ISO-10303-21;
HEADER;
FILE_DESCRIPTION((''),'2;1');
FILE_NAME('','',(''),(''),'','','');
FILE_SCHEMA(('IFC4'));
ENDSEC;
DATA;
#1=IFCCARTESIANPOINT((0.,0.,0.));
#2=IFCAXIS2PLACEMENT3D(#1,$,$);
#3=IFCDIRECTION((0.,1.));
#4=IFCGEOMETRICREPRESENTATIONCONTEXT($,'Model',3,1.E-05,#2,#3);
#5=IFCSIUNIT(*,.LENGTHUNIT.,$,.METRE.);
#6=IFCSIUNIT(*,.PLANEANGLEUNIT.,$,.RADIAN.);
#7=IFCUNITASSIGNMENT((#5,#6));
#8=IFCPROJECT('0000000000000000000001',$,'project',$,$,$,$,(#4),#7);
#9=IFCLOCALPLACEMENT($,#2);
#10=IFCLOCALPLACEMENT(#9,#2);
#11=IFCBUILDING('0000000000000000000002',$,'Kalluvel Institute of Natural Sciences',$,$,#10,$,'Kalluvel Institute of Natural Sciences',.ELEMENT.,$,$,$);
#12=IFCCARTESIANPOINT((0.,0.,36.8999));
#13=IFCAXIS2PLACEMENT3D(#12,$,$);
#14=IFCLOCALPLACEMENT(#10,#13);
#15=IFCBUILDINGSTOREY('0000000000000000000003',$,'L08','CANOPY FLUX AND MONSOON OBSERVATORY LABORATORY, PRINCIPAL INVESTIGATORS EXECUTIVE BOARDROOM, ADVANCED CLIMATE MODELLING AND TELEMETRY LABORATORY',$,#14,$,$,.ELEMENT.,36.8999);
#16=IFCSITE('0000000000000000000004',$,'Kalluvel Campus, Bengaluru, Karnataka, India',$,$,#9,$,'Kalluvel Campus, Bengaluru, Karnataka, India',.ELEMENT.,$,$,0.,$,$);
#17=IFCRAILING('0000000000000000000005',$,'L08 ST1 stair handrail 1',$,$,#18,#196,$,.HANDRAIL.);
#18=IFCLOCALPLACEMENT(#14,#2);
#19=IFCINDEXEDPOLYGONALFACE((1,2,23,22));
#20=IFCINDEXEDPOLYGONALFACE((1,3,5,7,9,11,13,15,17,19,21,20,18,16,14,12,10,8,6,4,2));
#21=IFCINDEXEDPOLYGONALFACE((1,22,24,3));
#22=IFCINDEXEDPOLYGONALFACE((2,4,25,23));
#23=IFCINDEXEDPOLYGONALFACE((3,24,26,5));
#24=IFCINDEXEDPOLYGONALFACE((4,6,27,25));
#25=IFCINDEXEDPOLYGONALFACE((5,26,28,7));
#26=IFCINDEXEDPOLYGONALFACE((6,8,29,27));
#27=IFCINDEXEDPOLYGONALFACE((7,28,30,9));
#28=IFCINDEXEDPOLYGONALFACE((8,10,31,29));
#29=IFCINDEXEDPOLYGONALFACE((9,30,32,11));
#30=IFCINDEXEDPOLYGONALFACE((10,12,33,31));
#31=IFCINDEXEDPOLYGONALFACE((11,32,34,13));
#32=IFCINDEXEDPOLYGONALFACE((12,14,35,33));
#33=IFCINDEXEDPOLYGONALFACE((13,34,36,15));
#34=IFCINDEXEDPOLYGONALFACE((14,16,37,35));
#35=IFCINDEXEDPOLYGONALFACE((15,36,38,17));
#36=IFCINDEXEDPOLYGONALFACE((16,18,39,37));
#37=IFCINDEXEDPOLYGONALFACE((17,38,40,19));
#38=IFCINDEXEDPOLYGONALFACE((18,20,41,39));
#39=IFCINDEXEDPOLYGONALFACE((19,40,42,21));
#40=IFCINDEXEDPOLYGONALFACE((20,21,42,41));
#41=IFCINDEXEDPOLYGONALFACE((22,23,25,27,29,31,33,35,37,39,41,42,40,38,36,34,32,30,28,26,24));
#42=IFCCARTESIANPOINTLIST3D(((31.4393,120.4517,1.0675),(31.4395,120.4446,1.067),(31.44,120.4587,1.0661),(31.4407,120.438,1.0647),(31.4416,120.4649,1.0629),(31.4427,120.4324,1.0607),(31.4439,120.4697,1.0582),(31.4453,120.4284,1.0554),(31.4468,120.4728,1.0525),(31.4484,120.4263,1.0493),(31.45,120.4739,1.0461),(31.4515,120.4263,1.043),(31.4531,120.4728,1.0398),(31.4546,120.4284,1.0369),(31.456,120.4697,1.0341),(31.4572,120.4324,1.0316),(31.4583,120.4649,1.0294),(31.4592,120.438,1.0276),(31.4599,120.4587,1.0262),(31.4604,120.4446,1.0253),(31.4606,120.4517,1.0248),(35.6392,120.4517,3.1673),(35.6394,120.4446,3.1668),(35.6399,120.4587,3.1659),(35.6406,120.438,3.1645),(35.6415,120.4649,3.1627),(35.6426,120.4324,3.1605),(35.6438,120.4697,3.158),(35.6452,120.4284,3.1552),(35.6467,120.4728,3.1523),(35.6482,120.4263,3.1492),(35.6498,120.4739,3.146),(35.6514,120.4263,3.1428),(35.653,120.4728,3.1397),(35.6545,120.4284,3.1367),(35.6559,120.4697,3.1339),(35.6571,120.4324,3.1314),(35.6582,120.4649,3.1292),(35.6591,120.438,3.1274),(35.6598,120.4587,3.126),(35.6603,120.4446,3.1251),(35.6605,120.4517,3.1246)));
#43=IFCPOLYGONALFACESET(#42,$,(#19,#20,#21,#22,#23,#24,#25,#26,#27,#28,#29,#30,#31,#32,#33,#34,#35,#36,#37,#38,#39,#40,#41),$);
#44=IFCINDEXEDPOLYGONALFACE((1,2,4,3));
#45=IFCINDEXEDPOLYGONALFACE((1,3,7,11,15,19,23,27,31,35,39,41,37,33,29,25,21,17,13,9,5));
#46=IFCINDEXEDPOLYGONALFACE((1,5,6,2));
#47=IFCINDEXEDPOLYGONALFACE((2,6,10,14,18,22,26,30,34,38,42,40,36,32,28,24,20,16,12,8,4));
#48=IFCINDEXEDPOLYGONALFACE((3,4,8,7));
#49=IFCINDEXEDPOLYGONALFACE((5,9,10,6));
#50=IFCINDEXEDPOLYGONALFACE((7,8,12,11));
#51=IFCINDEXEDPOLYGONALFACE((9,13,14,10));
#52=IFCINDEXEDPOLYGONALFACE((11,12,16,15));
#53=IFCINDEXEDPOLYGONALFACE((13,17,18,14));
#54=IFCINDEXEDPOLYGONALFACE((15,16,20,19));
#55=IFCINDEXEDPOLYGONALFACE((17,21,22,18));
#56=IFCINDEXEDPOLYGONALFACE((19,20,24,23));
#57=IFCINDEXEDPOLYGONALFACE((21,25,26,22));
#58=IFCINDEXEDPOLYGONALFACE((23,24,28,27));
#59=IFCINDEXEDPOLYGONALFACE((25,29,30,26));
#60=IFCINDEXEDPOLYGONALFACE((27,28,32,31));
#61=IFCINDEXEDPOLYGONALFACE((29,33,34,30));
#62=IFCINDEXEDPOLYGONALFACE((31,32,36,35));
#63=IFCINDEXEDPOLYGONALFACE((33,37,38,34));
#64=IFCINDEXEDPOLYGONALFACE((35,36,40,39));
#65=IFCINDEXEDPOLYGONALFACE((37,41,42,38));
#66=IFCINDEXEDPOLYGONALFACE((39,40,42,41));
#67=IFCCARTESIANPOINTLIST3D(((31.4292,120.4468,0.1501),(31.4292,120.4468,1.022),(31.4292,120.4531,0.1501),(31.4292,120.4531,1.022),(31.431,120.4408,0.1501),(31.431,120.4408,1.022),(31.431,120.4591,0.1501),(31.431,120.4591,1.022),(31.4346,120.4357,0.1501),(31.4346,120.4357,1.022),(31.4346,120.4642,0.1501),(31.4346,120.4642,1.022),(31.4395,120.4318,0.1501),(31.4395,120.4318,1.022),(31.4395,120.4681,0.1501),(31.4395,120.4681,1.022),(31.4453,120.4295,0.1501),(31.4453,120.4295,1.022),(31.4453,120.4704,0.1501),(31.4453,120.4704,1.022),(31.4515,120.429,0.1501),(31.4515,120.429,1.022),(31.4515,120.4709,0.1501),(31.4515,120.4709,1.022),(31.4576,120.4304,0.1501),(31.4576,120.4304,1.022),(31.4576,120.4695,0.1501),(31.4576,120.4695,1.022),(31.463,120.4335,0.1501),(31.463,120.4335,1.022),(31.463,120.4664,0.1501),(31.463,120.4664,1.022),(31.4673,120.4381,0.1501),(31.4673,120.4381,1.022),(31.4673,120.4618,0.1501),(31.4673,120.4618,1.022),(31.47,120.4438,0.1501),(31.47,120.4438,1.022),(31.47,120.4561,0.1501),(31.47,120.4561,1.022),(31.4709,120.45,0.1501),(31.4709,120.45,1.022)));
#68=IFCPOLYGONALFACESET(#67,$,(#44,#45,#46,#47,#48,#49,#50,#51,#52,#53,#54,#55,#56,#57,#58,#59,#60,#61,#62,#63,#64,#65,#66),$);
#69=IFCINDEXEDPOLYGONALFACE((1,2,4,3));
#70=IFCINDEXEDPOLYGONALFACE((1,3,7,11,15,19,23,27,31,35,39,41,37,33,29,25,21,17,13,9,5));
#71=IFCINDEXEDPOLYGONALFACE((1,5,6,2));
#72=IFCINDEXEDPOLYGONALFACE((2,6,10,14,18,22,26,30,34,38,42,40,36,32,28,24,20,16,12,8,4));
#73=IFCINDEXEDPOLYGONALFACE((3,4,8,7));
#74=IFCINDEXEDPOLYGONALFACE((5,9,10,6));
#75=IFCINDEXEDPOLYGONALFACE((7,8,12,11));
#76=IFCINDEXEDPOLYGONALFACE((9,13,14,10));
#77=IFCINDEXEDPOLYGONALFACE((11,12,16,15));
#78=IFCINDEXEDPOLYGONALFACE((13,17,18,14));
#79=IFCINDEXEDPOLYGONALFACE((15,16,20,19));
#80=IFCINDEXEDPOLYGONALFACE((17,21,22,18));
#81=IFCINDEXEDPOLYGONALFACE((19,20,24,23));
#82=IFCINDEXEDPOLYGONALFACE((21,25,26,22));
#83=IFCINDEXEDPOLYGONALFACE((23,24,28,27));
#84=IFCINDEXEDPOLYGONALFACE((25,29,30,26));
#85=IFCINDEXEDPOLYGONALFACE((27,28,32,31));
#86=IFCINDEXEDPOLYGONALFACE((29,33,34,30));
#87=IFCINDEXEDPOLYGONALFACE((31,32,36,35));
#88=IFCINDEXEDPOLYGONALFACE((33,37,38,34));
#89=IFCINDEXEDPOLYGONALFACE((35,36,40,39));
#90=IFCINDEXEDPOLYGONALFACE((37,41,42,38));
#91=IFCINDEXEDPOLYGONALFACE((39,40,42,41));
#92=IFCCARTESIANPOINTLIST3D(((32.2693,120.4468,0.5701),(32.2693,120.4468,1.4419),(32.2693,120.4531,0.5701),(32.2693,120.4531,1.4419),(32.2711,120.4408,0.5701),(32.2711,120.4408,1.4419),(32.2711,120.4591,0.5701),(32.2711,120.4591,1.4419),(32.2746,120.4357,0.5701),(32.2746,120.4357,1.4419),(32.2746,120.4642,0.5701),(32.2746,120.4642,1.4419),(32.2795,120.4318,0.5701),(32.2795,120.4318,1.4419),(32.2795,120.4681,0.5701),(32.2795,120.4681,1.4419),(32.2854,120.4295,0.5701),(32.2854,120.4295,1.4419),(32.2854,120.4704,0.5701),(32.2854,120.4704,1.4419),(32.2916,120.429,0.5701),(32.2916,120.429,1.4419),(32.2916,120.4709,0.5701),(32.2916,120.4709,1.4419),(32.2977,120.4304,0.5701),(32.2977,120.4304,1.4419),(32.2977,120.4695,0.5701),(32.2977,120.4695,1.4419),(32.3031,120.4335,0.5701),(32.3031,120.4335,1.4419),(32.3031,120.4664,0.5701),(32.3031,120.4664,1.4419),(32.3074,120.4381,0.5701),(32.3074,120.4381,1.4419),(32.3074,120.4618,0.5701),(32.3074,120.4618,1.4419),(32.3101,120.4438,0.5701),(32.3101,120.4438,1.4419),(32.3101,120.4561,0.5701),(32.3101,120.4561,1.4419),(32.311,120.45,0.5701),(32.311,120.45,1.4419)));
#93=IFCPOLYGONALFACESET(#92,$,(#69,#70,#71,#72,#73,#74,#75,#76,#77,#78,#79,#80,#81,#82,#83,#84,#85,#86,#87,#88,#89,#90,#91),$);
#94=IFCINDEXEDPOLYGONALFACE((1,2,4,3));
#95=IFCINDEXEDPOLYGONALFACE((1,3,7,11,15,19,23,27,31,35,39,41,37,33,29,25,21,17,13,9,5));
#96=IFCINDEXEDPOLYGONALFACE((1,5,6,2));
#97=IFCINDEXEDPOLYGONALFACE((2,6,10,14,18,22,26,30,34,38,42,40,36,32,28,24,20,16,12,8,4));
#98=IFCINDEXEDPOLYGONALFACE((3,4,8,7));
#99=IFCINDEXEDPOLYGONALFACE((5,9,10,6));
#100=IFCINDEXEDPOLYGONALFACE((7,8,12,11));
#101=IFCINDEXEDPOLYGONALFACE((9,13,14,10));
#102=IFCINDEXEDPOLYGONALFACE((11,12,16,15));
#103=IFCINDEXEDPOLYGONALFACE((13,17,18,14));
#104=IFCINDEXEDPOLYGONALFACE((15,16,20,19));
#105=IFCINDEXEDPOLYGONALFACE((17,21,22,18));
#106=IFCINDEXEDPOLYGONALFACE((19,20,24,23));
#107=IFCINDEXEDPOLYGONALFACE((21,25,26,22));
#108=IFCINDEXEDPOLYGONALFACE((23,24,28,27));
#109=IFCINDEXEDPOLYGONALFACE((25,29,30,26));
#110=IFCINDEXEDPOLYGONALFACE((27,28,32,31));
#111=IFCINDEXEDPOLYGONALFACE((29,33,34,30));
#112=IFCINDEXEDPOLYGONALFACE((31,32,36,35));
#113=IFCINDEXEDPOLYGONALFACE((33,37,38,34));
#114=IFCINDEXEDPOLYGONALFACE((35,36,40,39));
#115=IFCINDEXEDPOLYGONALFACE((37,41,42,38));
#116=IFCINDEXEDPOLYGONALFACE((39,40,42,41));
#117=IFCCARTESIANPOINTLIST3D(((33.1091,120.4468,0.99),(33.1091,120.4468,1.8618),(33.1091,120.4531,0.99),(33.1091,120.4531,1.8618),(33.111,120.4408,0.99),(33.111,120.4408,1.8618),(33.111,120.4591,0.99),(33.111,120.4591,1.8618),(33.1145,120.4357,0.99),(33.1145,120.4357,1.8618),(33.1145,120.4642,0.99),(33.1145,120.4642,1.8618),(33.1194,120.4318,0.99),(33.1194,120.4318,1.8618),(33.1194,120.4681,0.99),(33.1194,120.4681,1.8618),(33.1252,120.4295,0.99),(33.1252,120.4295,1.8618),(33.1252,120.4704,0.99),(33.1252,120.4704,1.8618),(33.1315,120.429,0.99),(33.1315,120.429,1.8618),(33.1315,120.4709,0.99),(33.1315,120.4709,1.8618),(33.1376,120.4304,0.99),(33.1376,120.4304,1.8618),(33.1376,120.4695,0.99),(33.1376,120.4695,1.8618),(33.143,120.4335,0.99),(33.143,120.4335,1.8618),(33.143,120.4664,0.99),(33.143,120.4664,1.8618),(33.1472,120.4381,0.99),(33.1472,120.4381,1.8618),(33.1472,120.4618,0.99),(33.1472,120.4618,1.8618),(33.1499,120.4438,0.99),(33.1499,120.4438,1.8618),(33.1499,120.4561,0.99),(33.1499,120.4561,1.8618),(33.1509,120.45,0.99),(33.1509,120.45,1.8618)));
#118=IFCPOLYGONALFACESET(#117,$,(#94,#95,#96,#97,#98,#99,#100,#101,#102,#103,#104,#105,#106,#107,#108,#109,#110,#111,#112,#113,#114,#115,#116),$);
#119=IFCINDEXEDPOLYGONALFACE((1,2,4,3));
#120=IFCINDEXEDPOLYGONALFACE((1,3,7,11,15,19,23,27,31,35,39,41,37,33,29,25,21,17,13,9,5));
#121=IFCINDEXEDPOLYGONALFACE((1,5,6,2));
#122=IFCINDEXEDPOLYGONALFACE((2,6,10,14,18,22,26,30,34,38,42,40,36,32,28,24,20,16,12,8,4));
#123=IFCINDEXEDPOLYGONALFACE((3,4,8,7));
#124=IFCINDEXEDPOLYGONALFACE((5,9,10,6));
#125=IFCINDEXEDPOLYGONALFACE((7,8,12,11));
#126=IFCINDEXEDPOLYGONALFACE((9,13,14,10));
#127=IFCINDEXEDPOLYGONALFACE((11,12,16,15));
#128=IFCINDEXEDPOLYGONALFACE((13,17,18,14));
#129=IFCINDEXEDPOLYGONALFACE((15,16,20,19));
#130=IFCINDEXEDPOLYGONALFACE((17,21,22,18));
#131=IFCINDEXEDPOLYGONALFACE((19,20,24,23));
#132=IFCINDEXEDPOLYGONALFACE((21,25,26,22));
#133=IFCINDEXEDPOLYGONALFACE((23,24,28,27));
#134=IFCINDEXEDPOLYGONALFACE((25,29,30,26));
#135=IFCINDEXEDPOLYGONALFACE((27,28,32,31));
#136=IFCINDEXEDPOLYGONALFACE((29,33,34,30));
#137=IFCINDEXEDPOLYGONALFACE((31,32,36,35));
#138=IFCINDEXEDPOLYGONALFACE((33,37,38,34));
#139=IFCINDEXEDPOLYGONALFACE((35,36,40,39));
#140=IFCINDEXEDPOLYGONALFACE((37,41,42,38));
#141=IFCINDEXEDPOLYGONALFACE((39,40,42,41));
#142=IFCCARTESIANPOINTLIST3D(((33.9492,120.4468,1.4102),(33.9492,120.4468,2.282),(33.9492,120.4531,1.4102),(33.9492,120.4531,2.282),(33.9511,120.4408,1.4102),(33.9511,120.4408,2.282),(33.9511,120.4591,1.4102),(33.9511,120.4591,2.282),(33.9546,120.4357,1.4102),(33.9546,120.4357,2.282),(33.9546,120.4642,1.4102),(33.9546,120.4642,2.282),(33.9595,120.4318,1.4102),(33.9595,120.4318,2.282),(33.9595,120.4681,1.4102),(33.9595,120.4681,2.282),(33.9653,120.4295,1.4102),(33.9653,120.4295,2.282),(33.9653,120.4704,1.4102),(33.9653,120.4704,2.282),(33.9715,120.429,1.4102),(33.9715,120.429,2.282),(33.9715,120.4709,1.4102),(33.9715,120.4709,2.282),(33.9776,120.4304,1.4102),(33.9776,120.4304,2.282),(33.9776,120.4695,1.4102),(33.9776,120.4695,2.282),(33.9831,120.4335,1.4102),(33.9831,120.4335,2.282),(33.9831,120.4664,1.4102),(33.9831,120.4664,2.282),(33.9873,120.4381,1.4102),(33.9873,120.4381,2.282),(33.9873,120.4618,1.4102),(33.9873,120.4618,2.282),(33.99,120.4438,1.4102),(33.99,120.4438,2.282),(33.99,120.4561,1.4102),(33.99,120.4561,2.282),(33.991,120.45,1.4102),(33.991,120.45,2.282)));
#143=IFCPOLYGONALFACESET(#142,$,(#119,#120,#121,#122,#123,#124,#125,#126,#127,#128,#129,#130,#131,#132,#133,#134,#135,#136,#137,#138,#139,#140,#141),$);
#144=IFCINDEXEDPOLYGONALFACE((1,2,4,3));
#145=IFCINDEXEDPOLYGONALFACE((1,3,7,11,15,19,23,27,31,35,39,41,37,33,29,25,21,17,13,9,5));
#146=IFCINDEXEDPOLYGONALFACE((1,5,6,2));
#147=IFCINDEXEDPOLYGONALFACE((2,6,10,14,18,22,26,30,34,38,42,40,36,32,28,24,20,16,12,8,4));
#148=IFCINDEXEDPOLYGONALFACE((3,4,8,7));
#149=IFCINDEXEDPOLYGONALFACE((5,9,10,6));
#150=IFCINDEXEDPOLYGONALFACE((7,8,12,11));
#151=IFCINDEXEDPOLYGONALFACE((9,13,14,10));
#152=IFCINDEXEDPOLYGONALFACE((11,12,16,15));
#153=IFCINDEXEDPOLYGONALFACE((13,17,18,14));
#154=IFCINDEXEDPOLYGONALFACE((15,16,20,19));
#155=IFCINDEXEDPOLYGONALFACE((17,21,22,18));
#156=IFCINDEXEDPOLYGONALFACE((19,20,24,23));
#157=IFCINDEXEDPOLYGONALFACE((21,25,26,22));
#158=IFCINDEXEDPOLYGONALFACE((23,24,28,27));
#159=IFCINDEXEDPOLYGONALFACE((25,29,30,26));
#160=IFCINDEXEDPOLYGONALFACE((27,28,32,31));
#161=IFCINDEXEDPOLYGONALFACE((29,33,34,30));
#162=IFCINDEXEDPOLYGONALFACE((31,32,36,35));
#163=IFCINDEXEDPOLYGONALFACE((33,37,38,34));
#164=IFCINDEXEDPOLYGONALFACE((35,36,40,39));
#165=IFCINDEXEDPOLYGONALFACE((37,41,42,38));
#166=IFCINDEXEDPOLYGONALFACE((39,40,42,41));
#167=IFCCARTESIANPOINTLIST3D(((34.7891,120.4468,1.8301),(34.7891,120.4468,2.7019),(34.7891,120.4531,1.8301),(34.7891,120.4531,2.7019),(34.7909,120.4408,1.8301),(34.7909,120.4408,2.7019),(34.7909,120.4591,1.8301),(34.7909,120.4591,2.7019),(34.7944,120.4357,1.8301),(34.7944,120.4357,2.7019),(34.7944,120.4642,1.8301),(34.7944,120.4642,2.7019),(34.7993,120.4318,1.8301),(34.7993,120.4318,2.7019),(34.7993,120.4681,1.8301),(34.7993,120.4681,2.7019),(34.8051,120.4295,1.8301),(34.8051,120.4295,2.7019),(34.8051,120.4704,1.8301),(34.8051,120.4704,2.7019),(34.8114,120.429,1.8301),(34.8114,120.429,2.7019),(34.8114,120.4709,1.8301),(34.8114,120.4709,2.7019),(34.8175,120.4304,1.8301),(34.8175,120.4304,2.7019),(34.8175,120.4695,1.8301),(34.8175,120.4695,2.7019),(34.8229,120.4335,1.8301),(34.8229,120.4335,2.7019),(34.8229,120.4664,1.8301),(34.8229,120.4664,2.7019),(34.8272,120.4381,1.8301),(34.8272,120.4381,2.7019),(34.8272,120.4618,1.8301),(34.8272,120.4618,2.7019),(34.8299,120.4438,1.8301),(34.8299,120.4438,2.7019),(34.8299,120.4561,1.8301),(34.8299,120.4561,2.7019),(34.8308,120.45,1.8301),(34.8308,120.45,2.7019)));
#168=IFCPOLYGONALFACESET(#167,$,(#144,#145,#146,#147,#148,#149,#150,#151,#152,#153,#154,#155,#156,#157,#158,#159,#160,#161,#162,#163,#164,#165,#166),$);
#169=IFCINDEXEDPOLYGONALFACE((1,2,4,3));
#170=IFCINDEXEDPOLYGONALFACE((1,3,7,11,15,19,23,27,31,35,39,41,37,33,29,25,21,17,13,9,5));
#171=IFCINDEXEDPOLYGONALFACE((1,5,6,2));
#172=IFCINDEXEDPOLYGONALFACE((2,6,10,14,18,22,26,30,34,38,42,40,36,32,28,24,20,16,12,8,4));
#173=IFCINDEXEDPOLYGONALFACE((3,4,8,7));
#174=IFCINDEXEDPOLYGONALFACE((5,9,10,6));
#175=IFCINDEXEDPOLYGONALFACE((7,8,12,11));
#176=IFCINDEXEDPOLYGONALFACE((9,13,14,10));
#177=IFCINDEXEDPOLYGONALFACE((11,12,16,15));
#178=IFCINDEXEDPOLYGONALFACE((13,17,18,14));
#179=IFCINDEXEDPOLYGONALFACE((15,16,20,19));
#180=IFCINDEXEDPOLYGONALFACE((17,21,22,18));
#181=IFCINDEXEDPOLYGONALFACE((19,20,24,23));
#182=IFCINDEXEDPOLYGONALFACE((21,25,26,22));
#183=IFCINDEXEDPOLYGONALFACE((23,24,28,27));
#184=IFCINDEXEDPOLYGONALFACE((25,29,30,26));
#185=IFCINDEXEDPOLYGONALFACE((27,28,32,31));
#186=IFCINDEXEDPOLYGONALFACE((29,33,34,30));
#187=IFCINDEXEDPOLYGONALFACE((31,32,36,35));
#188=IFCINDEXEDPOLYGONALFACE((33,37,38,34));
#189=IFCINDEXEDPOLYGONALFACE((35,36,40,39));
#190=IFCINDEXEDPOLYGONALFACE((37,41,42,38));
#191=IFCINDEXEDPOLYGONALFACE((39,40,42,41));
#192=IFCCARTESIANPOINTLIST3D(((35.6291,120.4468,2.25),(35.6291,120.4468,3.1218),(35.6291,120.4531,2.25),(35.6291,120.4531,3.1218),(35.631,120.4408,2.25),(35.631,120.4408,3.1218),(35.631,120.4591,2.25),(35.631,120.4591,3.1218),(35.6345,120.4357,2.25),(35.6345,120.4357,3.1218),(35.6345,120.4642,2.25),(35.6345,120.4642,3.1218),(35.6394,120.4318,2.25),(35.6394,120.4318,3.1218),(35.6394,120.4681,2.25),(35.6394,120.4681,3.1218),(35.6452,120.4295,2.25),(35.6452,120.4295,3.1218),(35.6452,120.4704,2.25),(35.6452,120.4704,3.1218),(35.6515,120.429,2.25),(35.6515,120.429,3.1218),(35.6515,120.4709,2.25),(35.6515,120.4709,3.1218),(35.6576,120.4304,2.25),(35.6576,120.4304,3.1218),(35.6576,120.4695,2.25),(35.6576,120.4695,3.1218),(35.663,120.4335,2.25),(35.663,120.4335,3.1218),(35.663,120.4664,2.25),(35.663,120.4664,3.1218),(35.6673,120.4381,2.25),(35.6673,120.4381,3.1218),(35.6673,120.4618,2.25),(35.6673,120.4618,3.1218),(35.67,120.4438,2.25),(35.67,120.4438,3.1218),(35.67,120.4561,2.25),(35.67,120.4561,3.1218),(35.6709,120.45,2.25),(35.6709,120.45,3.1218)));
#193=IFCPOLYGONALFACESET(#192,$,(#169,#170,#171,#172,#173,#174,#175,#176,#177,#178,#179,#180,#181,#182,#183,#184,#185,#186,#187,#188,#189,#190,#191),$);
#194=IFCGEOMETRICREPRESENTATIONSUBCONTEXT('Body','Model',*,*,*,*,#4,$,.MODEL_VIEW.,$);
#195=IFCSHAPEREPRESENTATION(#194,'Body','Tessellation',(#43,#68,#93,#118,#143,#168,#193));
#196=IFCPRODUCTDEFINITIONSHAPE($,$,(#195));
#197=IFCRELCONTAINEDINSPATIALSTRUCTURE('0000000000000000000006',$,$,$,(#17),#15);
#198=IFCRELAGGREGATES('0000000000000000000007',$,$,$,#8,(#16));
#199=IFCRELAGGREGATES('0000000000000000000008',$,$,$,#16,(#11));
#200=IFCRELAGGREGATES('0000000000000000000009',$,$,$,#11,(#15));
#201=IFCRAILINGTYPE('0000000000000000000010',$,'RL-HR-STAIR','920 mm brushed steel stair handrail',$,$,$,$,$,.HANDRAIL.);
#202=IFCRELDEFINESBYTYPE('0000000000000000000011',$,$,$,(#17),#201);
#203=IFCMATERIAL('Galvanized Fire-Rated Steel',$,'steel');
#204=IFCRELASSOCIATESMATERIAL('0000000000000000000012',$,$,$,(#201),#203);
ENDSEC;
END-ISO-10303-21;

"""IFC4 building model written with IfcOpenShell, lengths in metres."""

from ifc_helpers import new_model, si_unit, direction, frame, origin, origin_2d, place, context, subcontext, project, spatial, circle, extrude, material, type_object, element, save


model = new_model("IFC4")

# Units and contexts
model_context = context("Model", 3, precision=1e-05, world=origin(), true_north=direction((0.0, 1.0)))
body_context = subcontext(model_context, "Body", "Model", "MODEL_VIEW")
ifc_project = project(units=[si_unit("LENGTHUNIT", "METRE"), si_unit("PLANEANGLEUNIT", "RADIAN")], contexts=[model_context])

# Site, building, storey
site_placement = place(None, origin())
site = spatial("IfcSite", under=ifc_project, at=site_placement, Name="Kalluvel Campus, Bengaluru, Karnataka, India", LongName="Kalluvel Campus, Bengaluru, Karnataka, India", CompositionType="ELEMENT", RefElevation=0.0)
building_placement = place(site_placement, origin())
building = spatial("IfcBuilding", under=site, at=building_placement, Name="Kalluvel Institute of Natural Sciences", LongName="Kalluvel Institute of Natural Sciences", CompositionType="ELEMENT")
storey_placement = place(building_placement, frame((0.0, 0.0, 36.8999)))
storey = spatial("IfcBuildingStorey", under=building, at=storey_placement, Name="L08", Description="CANOPY FLUX AND MONSOON OBSERVATORY LABORATORY, PRINCIPAL INVESTIGATORS EXECUTIVE BOARDROOM, ADVANCED CLIMATE MODELLING AND TELEMETRY LABORATORY", CompositionType="ELEMENT", Elevation=36.8999)

# Shared definitions
ifc_material_1 = material(Name="Galvanized Fire-Rated Steel", Category="steel")

# Railing
railing_type_1 = type_object("IfcRailingType", Name="RL-HR-STAIR", Description="920 mm brushed steel stair handrail", PredefinedType="HANDRAIL", material=ifc_material_1)
railing_1_placement = place(storey_placement, frame((31.45, 120.45, 0.1501)))
element("IfcRailing", 1, at=railing_1_placement, inside=storey, type_object=railing_type_1, Name="L08 ST1 stair handrail 1", PredefinedType="HANDRAIL", context=body_context, shape_type="SweptSolid", body=[
    extrude(circle(Radius=0.0239, at=origin_2d()), frame((0.0, 0.0, 0.896), z_axis=(0.894438, 0.0, 0.447193), x_axis=(0.0, 1.0, 0.0)), (0.0, 0.0, 1.0), 4.6956),
    extrude(circle(Radius=0.021, at=origin_2d()), origin(), (0.0, 0.0, 1.0), 0.8718),
    extrude(circle(Radius=0.021, at=origin_2d()), frame((0.8401, 0.0, 0.4199)), (0.0, 0.0, 1.0), 0.8718),
    extrude(circle(Radius=0.021, at=origin_2d()), frame((1.6799, 0.0, 0.8398)), (0.0, 0.0, 1.0), 0.8718),
    extrude(circle(Radius=0.021, at=origin_2d()), frame((2.52, 0.0, 1.26)), (0.0, 0.0, 1.0), 0.8718),
    extrude(circle(Radius=0.021, at=origin_2d()), frame((3.3599, 0.0, 1.6799)), (0.0, 0.0, 1.0), 0.8718),
    extrude(circle(Radius=0.021, at=origin_2d()), frame((4.2, 0.0, 2.0999)), (0.0, 0.0, 1.0), 0.8718),
])

save(model, "model.ifc")
